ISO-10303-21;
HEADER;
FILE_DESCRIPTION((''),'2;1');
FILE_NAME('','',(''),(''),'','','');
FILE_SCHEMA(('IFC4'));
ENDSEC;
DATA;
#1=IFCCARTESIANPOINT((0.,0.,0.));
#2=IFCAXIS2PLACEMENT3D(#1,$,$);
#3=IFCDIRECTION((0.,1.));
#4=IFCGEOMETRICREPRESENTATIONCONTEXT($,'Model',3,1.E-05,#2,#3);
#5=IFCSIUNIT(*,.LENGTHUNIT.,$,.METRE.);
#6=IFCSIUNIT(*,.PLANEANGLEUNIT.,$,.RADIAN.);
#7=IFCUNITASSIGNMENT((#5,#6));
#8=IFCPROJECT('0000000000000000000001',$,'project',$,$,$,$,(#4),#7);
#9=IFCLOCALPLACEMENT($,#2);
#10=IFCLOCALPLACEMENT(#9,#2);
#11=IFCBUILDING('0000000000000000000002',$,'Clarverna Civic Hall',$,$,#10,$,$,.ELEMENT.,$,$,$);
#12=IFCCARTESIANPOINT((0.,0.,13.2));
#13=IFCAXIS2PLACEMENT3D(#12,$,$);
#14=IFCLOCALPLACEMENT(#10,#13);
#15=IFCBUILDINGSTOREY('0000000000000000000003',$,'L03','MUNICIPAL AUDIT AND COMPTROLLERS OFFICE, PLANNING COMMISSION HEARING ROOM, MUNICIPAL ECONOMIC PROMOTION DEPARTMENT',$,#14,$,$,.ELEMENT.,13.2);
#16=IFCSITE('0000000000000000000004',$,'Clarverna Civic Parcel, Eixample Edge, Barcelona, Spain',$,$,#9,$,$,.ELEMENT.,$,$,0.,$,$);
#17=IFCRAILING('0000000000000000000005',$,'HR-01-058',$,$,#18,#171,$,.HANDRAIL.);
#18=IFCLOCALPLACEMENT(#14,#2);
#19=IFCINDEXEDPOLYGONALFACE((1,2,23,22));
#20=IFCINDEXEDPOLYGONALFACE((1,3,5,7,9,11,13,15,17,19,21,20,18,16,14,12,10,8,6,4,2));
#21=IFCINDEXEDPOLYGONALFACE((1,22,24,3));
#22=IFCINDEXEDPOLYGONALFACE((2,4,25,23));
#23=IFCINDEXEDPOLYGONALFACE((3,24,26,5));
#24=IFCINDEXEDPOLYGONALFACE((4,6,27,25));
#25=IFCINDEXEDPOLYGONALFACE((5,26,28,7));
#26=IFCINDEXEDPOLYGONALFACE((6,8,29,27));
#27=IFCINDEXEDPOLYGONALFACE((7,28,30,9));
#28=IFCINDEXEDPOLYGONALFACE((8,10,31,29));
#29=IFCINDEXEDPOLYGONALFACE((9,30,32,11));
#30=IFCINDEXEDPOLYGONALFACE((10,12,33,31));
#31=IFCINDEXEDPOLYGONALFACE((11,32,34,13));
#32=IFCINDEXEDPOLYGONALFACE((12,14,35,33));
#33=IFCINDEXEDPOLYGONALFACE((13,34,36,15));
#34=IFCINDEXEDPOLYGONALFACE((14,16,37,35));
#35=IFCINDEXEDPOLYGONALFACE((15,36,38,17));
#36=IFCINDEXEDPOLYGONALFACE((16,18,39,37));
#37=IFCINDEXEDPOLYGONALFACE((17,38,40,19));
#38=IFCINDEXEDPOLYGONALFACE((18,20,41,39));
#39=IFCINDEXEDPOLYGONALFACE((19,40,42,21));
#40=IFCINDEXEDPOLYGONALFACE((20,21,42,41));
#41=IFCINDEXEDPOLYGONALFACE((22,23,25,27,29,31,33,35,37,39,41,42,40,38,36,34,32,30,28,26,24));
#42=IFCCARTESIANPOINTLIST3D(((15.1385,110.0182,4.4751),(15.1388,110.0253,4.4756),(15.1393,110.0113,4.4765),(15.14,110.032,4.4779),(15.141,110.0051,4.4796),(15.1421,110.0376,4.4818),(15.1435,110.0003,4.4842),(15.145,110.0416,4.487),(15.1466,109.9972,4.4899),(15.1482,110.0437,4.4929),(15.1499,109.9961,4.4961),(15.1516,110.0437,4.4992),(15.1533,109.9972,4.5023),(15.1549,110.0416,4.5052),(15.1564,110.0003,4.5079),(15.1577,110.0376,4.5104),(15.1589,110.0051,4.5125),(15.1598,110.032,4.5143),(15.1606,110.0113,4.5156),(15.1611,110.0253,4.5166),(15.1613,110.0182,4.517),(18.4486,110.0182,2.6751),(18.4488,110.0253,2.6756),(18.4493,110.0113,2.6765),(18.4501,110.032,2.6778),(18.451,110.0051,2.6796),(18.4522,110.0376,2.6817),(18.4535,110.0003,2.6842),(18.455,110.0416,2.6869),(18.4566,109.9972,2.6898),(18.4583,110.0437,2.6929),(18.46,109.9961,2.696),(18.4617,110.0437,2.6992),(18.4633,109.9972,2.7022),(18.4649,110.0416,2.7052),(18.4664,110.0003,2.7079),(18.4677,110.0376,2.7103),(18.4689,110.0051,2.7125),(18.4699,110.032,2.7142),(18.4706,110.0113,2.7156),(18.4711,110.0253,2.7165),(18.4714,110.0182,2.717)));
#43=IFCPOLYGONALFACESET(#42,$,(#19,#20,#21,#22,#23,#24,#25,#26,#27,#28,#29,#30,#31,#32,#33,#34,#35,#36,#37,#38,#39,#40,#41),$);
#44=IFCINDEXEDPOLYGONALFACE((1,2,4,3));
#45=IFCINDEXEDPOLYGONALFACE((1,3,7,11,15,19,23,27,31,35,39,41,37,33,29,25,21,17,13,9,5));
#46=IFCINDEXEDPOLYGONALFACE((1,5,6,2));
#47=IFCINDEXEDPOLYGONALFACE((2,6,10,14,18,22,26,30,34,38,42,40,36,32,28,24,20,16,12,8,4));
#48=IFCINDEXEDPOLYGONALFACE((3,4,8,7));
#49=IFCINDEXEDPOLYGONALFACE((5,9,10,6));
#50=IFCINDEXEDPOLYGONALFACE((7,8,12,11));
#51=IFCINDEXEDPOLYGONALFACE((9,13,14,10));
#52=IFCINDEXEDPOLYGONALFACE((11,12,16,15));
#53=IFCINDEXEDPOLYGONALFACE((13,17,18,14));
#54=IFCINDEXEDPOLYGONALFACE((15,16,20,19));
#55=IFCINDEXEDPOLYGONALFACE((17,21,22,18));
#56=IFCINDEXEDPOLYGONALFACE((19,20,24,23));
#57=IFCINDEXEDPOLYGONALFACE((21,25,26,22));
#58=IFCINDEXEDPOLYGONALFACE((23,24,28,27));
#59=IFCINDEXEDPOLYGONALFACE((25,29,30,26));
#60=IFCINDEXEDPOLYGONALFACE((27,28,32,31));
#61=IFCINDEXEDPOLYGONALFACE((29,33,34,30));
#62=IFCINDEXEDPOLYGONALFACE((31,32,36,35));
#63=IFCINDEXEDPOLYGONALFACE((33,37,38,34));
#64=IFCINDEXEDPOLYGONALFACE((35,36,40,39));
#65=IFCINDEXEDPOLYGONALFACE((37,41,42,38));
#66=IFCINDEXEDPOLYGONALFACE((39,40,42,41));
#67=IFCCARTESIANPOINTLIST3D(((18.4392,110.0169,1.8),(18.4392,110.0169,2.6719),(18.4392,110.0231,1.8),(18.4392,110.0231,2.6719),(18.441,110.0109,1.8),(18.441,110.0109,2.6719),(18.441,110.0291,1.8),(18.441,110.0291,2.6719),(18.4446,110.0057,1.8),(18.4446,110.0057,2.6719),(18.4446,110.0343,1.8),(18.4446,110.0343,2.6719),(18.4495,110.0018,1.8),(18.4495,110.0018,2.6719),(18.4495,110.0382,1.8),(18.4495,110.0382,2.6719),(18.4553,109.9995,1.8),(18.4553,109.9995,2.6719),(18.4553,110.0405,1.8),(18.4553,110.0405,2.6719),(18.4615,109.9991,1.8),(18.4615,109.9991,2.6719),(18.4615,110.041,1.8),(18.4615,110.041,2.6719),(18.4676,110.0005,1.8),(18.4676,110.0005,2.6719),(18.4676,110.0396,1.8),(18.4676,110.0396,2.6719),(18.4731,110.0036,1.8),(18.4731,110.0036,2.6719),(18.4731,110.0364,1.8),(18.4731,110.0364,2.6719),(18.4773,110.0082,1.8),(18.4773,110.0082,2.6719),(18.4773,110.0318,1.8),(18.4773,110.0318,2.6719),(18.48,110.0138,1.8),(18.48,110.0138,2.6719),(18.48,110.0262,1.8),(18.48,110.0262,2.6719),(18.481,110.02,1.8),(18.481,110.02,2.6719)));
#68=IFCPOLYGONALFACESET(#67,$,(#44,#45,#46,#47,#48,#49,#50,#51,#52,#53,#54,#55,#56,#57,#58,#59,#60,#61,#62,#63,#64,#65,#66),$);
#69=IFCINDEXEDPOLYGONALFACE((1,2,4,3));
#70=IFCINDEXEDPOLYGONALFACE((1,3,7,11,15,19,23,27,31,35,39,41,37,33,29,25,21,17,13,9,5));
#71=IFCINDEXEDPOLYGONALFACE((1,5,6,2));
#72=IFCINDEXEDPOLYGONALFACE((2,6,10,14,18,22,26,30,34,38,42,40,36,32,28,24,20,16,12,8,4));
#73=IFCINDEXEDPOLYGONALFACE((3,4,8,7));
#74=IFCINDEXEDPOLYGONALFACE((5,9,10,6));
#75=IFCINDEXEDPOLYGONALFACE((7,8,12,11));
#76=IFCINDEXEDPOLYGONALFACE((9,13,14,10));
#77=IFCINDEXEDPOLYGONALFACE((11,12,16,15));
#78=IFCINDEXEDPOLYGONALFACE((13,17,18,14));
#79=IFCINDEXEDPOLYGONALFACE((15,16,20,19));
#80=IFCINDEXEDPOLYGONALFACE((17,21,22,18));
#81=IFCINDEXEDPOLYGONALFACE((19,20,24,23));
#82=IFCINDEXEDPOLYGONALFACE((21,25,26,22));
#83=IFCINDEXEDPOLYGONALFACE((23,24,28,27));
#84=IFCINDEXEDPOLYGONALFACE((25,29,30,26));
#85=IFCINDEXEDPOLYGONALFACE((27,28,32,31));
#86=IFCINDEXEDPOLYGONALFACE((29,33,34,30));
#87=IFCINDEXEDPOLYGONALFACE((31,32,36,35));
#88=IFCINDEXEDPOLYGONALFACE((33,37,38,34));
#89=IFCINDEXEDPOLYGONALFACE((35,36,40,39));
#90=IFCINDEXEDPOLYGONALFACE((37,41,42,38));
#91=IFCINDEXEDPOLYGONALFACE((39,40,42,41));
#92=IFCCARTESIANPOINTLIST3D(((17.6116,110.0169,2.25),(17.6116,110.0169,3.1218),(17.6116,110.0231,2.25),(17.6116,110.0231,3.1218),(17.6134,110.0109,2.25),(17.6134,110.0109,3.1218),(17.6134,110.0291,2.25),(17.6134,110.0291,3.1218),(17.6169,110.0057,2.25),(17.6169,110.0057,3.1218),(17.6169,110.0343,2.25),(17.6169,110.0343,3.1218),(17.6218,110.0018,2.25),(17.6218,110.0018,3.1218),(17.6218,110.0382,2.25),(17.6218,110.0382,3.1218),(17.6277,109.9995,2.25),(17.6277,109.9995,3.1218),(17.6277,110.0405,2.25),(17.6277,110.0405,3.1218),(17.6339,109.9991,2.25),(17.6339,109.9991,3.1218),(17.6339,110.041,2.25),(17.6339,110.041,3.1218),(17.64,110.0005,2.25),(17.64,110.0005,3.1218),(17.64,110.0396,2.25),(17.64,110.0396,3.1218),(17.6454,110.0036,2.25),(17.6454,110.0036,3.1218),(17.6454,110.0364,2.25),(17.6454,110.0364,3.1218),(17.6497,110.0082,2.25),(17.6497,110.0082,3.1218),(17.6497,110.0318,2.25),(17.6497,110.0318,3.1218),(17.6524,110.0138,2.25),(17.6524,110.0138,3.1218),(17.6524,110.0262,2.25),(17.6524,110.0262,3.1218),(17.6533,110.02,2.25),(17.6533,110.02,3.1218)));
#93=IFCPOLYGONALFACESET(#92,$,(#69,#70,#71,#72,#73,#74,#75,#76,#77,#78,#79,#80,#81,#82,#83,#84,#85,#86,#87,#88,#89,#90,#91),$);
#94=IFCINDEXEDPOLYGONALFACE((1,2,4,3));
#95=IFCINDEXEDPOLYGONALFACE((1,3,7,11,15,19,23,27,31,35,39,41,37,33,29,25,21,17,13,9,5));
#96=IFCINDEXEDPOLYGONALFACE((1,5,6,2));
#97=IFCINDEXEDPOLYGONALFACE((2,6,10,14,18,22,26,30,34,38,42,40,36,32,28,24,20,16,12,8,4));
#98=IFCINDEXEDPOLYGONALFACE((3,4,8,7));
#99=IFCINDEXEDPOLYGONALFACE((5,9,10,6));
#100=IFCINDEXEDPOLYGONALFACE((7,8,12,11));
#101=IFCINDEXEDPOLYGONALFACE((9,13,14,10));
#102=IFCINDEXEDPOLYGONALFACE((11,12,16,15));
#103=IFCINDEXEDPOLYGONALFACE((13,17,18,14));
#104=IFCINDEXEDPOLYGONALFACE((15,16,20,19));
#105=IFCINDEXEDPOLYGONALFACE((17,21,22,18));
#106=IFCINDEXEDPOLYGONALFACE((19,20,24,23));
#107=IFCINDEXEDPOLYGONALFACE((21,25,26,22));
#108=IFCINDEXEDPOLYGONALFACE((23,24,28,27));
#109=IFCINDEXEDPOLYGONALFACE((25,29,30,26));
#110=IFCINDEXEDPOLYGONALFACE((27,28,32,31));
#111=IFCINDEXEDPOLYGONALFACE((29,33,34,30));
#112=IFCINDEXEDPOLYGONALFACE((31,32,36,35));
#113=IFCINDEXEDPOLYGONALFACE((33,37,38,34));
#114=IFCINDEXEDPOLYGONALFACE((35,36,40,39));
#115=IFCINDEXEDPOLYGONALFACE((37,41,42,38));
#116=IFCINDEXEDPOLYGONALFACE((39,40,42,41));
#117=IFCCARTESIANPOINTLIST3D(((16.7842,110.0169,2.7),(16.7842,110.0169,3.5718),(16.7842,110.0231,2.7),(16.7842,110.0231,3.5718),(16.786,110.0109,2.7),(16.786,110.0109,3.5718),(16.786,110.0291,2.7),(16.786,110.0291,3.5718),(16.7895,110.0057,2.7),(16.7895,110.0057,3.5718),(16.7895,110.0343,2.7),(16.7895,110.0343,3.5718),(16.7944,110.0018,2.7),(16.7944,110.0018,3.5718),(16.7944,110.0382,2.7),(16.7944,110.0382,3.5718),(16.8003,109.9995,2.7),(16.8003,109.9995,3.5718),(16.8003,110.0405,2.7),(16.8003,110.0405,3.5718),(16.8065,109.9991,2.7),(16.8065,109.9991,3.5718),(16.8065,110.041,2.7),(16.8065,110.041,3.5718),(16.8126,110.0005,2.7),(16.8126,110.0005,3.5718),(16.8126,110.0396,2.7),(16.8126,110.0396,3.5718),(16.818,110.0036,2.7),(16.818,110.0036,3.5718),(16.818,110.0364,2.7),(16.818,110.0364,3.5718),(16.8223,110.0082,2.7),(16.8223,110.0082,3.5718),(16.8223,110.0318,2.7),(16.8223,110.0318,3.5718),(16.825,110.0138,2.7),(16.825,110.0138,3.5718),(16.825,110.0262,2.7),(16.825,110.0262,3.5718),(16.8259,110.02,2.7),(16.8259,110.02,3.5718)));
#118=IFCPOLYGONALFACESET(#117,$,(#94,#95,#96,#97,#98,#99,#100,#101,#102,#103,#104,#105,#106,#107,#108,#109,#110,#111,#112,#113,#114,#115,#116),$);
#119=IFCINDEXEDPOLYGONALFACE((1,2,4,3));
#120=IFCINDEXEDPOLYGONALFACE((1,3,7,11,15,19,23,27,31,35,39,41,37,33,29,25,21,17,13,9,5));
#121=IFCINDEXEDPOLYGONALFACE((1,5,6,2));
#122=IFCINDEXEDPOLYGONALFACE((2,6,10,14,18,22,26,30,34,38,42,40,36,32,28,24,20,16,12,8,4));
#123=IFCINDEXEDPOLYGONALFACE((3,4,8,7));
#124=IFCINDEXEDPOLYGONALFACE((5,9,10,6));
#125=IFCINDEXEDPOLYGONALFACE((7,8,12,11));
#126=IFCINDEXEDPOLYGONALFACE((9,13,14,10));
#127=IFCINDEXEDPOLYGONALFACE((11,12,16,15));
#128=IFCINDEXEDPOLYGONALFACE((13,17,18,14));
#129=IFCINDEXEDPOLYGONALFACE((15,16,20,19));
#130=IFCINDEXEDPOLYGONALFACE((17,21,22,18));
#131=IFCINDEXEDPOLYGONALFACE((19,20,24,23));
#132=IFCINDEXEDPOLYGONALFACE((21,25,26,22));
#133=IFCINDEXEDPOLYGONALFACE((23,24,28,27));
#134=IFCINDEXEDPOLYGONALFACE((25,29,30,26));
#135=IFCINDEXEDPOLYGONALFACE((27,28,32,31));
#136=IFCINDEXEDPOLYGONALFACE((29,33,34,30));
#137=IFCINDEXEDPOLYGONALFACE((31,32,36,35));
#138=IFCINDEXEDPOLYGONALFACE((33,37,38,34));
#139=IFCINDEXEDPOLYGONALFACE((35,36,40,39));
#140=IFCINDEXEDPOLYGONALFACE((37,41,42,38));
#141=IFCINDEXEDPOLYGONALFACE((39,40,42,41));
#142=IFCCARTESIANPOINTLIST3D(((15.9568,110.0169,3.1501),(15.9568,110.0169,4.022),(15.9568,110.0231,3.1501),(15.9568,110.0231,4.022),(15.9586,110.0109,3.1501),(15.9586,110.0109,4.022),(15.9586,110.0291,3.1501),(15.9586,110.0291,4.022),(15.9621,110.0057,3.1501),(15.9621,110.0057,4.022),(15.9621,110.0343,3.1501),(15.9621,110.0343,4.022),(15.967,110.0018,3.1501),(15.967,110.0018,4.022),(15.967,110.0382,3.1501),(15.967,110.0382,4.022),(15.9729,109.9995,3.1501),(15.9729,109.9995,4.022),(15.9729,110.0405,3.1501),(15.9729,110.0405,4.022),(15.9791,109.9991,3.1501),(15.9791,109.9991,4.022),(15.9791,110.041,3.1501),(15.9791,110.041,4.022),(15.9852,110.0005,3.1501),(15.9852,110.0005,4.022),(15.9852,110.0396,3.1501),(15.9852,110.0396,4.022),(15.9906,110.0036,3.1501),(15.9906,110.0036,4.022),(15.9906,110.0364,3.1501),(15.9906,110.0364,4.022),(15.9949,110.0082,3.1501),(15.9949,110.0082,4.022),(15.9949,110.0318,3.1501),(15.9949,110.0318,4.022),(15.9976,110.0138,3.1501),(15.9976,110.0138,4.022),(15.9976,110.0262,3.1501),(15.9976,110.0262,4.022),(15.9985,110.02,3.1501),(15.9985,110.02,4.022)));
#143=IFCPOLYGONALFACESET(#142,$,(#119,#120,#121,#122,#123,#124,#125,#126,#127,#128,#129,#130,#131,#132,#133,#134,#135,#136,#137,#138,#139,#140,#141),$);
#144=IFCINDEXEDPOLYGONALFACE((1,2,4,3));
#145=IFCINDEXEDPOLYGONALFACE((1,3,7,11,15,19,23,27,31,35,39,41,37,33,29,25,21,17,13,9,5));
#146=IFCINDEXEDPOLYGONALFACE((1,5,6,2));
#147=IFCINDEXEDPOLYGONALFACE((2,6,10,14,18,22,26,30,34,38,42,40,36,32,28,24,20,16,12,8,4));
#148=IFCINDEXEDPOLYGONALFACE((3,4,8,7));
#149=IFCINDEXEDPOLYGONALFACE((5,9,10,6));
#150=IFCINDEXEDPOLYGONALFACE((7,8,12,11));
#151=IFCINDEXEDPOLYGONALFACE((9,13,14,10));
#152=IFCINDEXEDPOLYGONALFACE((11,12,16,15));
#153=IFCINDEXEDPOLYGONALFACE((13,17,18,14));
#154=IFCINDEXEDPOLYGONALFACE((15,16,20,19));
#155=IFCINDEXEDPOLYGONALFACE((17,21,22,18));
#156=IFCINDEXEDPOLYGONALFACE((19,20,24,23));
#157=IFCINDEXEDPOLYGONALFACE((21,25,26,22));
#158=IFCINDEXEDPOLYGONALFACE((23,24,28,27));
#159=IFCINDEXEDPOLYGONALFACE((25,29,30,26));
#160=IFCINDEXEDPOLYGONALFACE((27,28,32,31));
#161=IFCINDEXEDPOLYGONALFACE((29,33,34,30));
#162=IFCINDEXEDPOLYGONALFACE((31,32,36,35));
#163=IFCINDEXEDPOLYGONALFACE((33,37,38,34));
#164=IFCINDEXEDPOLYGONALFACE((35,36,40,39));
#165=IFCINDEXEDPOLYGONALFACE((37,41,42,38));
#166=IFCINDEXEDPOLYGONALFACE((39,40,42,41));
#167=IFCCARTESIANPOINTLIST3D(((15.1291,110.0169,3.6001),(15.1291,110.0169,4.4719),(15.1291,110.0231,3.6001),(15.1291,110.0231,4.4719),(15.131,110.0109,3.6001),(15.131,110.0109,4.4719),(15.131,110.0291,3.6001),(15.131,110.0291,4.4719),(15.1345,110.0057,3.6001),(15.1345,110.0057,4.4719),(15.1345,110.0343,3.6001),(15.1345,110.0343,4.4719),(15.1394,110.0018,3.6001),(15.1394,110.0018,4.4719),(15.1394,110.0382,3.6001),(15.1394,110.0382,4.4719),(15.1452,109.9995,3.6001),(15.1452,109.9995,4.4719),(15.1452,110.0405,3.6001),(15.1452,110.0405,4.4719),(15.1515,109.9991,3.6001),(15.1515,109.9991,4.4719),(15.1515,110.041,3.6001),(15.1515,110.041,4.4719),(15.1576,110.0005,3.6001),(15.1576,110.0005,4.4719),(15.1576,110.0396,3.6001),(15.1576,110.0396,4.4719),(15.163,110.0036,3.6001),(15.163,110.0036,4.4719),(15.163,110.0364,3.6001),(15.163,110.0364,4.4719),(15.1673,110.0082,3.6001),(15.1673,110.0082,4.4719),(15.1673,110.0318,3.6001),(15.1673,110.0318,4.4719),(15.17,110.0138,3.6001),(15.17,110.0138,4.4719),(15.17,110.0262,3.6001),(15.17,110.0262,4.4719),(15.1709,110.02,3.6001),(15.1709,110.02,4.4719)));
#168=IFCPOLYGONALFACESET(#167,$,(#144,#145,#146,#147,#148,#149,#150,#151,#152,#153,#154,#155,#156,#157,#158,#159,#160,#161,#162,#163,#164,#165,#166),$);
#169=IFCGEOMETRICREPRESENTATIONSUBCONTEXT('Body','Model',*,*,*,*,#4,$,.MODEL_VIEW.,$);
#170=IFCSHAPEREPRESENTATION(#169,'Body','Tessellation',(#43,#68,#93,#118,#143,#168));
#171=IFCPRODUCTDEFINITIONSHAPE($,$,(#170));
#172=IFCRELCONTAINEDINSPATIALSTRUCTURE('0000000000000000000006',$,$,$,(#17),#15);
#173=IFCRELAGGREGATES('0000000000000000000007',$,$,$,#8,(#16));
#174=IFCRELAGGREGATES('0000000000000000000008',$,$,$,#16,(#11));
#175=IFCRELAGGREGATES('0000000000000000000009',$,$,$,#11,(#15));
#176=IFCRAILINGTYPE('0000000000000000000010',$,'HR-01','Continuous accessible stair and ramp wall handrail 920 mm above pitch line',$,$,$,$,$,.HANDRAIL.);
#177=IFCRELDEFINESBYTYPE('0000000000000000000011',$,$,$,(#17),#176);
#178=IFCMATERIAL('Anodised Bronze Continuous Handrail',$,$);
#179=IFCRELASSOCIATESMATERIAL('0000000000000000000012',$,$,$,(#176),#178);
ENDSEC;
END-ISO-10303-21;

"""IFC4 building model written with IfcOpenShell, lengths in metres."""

from ifc_helpers import new_model, si_unit, direction, frame, origin, origin_2d, place, context, subcontext, project, spatial, circle, extrude, material, type_object, element, save


model = new_model("IFC4")

# Units and contexts
model_context = context("Model", 3, precision=1e-05, world=origin(), true_north=direction((0.0, 1.0)))
body_context = subcontext(model_context, "Body", "Model", "MODEL_VIEW")
ifc_project = project(units=[si_unit("LENGTHUNIT", "METRE"), si_unit("PLANEANGLEUNIT", "RADIAN")], contexts=[model_context])

# Site, building, storey
site_placement = place(None, origin())
site = spatial("IfcSite", under=ifc_project, at=site_placement, Name="Clarverna Civic Parcel, Eixample Edge, Barcelona, Spain", CompositionType="ELEMENT", RefElevation=0.0)
building_placement = place(site_placement, origin())
building = spatial("IfcBuilding", under=site, at=building_placement, Name="Clarverna Civic Hall", CompositionType="ELEMENT")
storey_placement = place(building_placement, frame((0.0, 0.0, 13.2)))
storey = spatial("IfcBuildingStorey", under=building, at=storey_placement, Name="L03", Description="MUNICIPAL AUDIT AND COMPTROLLERS OFFICE, PLANNING COMMISSION HEARING ROOM, MUNICIPAL ECONOMIC PROMOTION DEPARTMENT", CompositionType="ELEMENT", Elevation=13.2)

# Railing
ifc_material_1 = material(Name="Anodised Bronze Continuous Handrail")
railing_type_1 = type_object("IfcRailingType", Name="HR-01", Description="Continuous accessible stair and ramp wall handrail 920 mm above pitch line", PredefinedType="HANDRAIL", material=ifc_material_1)
railing_1_placement = place(storey_placement, frame((18.46, 110.02, 1.8)))
element("IfcRailing", 1, at=railing_1_placement, inside=storey, type_object=railing_type_1, Name="HR-01-058", PredefinedType="HANDRAIL", context=body_context, shape_type="SweptSolid", body=[
    extrude(circle(Radius=0.0239, at=origin_2d()), frame((0.0, 0.0, 0.896), z_axis=(-0.878502, 0.0, 0.477739), x_axis=(0.0, -1.0, 0.0)), (0.0, 0.0, 1.0), 3.7678),
    extrude(circle(Radius=0.021, at=origin_2d()), origin(), (0.0, 0.0, 1.0), 0.8718),
    extrude(circle(Radius=0.021, at=origin_2d()), frame((-0.8276, 0.0, 0.45)), (0.0, 0.0, 1.0), 0.8718),
    extrude(circle(Radius=0.021, at=origin_2d()), frame((-1.655, 0.0, 0.8999)), (0.0, 0.0, 1.0), 0.8718),
    extrude(circle(Radius=0.021, at=origin_2d()), frame((-2.4824, 0.0, 1.3501)), (0.0, 0.0, 1.0), 0.8718),
    extrude(circle(Radius=0.021, at=origin_2d()), frame((-3.3101, 0.0, 1.8)), (0.0, 0.0, 1.0), 0.8718),
])

save(model, "model.ifc")
